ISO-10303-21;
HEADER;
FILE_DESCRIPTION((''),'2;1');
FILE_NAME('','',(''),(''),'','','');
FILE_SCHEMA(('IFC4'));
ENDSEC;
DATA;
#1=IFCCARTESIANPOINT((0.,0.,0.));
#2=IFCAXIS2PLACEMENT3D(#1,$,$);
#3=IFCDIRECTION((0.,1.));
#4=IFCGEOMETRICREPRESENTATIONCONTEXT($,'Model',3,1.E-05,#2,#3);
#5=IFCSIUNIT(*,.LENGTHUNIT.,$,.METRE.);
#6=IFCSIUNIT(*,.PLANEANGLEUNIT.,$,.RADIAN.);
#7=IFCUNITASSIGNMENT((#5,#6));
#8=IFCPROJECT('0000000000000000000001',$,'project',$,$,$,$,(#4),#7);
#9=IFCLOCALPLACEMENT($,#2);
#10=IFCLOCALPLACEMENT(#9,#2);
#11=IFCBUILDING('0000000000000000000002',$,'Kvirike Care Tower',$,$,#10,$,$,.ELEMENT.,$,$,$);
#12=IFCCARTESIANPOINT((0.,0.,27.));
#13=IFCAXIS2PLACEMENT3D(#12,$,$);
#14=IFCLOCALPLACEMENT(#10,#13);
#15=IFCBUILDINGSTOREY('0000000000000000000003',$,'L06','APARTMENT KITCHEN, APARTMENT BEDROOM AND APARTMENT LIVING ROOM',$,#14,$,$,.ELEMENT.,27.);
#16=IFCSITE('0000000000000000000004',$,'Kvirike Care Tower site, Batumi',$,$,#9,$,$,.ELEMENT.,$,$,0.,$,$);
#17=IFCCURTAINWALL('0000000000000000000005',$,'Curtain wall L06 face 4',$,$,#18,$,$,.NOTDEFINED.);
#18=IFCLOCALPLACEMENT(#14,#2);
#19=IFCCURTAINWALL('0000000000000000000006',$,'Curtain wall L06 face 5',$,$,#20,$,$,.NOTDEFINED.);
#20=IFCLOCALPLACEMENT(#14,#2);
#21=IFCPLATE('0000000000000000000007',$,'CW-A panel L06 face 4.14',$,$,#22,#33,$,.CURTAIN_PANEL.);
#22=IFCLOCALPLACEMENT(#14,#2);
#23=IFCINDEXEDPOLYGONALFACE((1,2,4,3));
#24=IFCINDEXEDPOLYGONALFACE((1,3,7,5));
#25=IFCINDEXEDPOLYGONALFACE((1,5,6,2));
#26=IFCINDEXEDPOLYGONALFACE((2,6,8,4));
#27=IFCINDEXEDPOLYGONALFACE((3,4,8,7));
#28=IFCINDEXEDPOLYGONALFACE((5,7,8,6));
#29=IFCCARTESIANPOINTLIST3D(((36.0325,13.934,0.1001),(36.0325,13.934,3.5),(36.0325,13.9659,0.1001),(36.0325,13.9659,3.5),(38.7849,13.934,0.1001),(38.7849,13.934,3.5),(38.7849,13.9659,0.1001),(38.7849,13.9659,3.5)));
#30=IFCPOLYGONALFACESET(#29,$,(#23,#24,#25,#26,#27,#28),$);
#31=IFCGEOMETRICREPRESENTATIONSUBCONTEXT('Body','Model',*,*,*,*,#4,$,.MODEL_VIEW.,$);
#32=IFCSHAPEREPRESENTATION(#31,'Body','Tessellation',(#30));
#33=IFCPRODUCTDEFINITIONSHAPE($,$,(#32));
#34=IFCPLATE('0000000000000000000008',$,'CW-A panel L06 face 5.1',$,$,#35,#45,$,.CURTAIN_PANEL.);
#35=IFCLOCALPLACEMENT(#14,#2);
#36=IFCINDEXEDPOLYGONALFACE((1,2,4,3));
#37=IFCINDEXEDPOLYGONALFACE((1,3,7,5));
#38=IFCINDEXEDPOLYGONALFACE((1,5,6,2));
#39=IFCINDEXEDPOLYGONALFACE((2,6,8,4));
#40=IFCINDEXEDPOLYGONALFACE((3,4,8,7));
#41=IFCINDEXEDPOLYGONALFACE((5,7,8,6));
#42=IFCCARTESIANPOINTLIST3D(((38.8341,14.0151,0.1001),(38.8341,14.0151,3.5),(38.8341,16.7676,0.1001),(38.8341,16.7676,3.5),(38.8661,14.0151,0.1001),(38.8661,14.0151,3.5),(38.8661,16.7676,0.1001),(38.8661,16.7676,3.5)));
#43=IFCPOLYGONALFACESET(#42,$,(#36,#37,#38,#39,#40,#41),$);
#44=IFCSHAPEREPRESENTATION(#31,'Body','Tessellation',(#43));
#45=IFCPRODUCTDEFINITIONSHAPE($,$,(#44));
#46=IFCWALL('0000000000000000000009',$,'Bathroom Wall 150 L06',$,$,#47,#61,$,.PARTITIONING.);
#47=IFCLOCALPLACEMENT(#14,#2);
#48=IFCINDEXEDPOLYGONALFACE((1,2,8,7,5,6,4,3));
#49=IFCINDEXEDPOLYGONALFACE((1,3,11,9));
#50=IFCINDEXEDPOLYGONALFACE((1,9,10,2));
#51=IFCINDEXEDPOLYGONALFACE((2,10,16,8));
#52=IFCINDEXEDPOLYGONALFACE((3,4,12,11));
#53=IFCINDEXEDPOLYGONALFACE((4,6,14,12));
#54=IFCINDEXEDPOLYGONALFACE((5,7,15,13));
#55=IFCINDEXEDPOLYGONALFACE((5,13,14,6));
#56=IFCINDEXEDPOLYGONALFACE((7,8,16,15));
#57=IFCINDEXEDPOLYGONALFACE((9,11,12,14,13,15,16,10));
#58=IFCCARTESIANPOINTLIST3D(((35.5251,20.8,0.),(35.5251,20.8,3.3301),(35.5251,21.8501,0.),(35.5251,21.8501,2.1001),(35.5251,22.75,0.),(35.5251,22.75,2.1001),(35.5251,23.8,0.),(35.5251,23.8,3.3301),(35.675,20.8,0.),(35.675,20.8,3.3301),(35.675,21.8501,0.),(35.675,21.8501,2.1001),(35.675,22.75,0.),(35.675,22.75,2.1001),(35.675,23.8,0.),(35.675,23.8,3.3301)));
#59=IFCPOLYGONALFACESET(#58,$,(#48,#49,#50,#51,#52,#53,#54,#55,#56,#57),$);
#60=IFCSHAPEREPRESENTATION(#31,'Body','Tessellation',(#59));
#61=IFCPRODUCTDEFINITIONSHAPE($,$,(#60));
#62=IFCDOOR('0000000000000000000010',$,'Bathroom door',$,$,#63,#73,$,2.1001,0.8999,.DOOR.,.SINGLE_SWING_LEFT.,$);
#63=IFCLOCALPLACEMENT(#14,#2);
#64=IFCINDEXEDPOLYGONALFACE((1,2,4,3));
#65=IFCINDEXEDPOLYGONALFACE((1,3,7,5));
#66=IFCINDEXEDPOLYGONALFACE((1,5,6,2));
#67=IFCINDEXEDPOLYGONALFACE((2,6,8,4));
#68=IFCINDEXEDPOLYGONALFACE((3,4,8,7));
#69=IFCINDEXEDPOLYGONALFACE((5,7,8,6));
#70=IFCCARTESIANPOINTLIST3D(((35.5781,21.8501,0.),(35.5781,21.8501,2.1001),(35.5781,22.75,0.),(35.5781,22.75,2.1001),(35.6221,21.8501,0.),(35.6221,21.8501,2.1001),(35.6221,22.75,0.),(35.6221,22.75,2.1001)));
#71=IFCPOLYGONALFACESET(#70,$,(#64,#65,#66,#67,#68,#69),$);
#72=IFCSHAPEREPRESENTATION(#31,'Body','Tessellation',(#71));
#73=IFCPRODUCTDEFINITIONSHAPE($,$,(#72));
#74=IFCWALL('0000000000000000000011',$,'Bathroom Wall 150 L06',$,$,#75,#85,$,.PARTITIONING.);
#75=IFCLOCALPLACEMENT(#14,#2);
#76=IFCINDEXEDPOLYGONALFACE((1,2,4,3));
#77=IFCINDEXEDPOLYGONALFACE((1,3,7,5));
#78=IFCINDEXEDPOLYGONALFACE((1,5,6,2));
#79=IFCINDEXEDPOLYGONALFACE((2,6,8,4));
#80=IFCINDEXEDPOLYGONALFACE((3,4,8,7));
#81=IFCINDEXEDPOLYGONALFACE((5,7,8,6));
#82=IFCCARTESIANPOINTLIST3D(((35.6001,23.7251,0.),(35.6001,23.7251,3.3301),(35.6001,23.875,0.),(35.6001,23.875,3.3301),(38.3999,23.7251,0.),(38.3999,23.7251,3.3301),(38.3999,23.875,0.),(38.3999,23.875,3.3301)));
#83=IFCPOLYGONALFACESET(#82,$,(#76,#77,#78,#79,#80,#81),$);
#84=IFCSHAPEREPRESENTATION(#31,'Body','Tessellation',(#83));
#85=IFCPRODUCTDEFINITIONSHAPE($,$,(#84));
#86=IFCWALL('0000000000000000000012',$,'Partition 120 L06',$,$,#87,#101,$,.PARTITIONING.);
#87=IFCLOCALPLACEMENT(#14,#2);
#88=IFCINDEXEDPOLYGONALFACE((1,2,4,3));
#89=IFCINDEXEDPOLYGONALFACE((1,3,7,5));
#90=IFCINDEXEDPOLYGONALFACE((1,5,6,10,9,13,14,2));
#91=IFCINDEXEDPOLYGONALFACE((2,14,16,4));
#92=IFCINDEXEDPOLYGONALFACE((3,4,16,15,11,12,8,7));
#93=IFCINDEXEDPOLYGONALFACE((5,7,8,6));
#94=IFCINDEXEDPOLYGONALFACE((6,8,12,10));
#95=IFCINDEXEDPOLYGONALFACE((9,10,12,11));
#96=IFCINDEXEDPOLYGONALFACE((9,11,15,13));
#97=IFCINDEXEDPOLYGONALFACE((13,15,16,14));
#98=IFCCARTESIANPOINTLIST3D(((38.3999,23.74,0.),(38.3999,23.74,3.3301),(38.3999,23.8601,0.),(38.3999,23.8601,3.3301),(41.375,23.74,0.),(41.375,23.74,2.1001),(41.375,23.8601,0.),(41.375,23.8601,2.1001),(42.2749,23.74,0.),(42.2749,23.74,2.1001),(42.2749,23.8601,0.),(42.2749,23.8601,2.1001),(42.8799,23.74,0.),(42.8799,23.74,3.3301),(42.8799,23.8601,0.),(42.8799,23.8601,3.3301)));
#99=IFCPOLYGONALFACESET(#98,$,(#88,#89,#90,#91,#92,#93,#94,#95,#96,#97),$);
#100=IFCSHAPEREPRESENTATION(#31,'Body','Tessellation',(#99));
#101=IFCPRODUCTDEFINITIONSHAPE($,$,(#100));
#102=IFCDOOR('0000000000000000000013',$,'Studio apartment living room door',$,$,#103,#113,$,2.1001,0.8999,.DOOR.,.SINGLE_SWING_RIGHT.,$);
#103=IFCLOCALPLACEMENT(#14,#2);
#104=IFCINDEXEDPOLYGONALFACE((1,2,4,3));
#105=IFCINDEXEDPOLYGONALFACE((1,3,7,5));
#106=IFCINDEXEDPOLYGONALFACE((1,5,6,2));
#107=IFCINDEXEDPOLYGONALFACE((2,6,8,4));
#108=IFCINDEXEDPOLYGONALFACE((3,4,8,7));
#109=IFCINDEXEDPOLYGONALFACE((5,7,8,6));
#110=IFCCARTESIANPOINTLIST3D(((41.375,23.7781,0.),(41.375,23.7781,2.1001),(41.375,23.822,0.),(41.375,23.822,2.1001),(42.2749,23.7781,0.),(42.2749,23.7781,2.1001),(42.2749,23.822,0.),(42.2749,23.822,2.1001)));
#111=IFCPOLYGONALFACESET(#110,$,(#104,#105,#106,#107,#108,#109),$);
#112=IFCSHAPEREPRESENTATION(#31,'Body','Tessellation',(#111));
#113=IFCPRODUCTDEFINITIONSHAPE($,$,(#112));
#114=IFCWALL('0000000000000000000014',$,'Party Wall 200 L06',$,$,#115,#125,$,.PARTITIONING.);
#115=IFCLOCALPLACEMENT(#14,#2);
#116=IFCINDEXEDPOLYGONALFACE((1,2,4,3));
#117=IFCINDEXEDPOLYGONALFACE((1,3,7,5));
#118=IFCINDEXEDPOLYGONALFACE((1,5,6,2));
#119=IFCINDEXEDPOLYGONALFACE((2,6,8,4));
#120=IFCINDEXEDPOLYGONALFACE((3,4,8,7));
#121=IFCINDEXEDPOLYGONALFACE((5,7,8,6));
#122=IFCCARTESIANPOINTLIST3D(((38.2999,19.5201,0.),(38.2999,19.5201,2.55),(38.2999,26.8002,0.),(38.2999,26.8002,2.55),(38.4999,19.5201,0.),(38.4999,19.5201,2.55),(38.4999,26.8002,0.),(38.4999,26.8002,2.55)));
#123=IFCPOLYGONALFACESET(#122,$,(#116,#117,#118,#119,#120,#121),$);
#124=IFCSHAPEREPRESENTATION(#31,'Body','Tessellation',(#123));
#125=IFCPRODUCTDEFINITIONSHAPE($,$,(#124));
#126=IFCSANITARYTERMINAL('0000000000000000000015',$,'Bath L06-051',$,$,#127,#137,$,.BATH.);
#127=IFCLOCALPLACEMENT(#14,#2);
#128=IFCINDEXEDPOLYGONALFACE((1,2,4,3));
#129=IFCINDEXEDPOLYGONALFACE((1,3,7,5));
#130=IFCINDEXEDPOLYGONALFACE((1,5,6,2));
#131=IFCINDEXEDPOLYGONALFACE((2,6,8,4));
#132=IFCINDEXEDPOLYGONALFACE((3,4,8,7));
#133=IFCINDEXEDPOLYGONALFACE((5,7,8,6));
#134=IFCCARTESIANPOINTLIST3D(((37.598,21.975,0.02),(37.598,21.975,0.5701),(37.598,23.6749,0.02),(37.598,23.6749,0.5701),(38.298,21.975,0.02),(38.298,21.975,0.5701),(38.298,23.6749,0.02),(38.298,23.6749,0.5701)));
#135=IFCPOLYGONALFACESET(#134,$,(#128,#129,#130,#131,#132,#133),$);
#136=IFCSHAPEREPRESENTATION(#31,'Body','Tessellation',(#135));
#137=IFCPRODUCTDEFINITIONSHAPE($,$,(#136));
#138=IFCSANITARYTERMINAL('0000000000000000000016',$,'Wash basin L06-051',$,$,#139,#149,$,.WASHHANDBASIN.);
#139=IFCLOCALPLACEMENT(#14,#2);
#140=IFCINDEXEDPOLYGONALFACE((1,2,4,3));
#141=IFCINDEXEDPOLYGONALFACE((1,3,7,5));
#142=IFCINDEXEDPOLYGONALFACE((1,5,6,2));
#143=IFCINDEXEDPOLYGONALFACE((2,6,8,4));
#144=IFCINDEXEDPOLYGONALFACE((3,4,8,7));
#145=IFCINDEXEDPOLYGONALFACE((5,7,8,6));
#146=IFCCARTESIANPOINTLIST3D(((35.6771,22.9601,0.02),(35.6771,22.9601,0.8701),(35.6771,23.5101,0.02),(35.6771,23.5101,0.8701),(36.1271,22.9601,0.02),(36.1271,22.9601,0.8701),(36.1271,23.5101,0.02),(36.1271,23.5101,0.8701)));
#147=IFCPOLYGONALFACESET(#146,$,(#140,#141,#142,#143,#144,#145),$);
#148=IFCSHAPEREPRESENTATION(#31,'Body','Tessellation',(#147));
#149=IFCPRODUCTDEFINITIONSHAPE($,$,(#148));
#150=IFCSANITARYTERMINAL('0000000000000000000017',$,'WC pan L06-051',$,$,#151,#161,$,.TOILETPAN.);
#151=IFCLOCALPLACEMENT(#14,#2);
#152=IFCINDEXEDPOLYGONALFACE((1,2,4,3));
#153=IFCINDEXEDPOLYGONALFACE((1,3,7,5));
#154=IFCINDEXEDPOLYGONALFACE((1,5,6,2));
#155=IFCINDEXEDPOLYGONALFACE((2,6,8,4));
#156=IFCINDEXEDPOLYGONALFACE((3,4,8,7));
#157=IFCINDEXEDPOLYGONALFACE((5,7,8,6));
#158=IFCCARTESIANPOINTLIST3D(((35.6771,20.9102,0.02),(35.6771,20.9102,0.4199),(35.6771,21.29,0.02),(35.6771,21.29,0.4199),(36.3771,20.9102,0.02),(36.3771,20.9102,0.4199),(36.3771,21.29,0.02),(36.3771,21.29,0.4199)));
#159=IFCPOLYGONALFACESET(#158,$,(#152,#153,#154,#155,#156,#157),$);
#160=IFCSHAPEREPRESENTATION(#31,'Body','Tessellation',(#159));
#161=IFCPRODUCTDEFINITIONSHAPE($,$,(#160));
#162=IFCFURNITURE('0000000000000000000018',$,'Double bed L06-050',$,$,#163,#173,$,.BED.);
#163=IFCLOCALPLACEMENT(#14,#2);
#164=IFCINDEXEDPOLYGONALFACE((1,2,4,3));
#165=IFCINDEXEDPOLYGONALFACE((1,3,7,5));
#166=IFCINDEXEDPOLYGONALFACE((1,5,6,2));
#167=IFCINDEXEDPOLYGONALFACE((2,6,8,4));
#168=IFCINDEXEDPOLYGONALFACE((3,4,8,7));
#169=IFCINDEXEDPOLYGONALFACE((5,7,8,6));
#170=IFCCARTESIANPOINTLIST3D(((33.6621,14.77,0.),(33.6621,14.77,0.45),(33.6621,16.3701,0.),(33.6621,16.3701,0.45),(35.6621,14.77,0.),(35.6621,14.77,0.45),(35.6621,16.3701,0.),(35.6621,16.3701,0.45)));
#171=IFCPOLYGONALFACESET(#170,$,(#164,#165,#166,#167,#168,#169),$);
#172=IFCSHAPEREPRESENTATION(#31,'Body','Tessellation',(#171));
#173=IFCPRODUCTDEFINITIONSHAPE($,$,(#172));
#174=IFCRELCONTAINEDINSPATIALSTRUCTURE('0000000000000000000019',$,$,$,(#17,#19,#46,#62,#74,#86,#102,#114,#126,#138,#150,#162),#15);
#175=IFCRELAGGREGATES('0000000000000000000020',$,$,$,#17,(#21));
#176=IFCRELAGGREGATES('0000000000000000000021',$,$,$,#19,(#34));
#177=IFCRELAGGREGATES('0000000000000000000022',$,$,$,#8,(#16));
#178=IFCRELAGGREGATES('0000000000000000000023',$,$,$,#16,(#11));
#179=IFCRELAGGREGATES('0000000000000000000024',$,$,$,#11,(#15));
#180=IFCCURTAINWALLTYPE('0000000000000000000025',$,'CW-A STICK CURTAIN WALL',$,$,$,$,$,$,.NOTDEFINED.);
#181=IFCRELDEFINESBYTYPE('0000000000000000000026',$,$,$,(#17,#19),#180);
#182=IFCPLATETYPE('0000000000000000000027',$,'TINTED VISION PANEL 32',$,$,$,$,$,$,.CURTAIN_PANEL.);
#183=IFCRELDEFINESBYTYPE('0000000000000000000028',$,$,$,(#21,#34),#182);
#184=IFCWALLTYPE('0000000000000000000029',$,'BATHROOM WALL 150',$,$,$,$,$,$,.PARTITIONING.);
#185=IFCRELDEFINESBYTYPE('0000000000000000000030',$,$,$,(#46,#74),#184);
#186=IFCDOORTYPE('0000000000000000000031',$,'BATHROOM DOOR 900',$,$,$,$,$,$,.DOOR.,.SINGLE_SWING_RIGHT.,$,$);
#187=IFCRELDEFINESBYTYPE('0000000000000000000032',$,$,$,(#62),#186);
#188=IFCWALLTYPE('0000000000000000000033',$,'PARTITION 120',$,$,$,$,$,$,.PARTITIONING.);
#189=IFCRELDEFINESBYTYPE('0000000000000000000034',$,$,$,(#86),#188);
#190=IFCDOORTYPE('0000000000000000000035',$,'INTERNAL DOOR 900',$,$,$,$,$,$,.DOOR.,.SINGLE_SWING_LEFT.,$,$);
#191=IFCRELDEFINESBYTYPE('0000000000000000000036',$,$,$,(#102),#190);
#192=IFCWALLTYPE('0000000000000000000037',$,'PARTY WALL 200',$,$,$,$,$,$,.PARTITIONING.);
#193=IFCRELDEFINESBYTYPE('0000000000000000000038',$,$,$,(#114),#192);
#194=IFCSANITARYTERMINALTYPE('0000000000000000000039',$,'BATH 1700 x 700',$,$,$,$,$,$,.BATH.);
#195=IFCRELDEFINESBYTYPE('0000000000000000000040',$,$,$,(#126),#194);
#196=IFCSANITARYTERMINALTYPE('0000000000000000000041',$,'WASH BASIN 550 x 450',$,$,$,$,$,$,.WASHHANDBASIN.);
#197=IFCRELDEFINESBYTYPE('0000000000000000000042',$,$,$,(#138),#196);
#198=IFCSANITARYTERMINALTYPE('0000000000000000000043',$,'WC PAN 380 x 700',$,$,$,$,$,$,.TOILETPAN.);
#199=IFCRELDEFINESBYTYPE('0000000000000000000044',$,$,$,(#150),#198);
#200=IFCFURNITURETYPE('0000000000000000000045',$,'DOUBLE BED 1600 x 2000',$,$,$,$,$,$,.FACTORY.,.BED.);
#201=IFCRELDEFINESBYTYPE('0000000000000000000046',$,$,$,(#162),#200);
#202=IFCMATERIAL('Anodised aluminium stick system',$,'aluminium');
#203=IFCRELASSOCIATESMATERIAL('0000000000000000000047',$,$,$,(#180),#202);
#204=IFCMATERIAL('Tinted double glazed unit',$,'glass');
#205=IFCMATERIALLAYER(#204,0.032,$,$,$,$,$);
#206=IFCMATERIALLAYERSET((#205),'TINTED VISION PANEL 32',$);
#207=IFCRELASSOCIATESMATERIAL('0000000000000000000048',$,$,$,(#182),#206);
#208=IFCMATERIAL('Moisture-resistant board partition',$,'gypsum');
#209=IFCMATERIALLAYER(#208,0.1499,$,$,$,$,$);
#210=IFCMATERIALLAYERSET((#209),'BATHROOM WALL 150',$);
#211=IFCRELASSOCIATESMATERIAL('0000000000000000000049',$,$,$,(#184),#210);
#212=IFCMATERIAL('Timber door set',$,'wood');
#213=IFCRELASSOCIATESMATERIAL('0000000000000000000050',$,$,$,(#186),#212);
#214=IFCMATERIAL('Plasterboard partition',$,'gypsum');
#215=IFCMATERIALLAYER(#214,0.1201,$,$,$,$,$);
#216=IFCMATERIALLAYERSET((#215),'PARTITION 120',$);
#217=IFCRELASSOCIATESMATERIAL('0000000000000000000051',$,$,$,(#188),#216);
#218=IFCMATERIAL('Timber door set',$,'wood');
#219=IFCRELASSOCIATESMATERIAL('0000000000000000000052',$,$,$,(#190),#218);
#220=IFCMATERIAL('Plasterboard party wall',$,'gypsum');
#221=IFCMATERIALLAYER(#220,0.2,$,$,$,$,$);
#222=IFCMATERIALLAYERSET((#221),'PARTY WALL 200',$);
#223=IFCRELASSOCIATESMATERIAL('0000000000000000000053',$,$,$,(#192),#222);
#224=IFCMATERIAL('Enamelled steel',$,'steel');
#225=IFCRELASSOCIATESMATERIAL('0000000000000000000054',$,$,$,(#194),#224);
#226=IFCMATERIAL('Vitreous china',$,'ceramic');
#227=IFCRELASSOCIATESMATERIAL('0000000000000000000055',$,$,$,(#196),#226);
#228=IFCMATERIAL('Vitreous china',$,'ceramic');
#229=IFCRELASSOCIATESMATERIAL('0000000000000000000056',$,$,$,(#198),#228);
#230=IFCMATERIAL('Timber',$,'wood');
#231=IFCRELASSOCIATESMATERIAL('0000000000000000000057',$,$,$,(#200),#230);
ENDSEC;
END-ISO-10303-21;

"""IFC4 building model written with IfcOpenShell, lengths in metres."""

from ifc_helpers import new_model, si_unit, direction, frame, frame_2d, origin, origin_2d, place, context, subcontext, project, spatial, rectangle, extrude, material, layer, layer_set, type_object, element, fill, aggregate, save


model = new_model("IFC4")

# Units and contexts
model_context = context("Model", 3, precision=1e-05, world=origin(), true_north=direction((0.0, 1.0)))
body_context = subcontext(model_context, "Body", "Model", "MODEL_VIEW")
ifc_project = project(units=[si_unit("LENGTHUNIT", "METRE"), si_unit("PLANEANGLEUNIT", "RADIAN")], contexts=[model_context])

# Site, building, storey
site_placement = place(None, origin())
site = spatial("IfcSite", under=ifc_project, at=site_placement, Name="Kvirike Care Tower site, Batumi", CompositionType="ELEMENT", RefElevation=0.0)
building_placement = place(site_placement, origin())
building = spatial("IfcBuilding", under=site, at=building_placement, Name="Kvirike Care Tower", CompositionType="ELEMENT")
storey_placement = place(building_placement, frame((0.0, 0.0, 27.0)))
storey = spatial("IfcBuildingStorey", under=building, at=storey_placement, Name="L06", Description="APARTMENT KITCHEN, APARTMENT BEDROOM AND APARTMENT LIVING ROOM", CompositionType="ELEMENT", Elevation=27.0)

# Curtain wall
ifc_material_1 = material(Name="Anodised aluminium stick system", Category="aluminium")
curtain_wall_type = type_object("IfcCurtainWallType", Name="CW-A STICK CURTAIN WALL", PredefinedType="NOTDEFINED", material=ifc_material_1)
curtain_wall_1_placement = place(storey_placement, origin())
curtain_wall_1 = element("IfcCurtainWall", 1, at=curtain_wall_1_placement, inside=storey, type_object=curtain_wall_type, Name="Curtain wall L06 face 4", PredefinedType="NOTDEFINED")

# Curtain wall
curtain_wall_2_placement = place(storey_placement, origin())
curtain_wall_2 = element("IfcCurtainWall", 2, at=curtain_wall_2_placement, inside=storey, type_object=curtain_wall_type, Name="Curtain wall L06 face 5", PredefinedType="NOTDEFINED")

# Plates
ifc_material_2 = material(Name="Tinted double glazed unit", Category="glass")
ifc_layer_1 = layer(ifc_material_2, 0.032)
ifc_layer_set_1 = layer_set([ifc_layer_1], Name="TINTED VISION PANEL 32")
plate_type = type_object("IfcPlateType", Name="TINTED VISION PANEL 32", PredefinedType="CURTAIN_PANEL", material=ifc_layer_set_1)
plate_1_placement = place(storey_placement, frame((37.4087, 13.95, 0.1001), z_axis=(0.0, 0.0, 1.0), x_axis=(1.0, 0.0, 0.0)))
plate_1 = element("IfcPlate", 3, at=plate_1_placement, type_object=plate_type, Name="CW-A panel L06 face 4.14", PredefinedType="CURTAIN_PANEL", context=body_context, shape_type="SweptSolid", body=[
    extrude(rectangle(XDim=2.7524, YDim=0.032, at=origin_2d()), origin(), (0.0, 0.0, 1.0), 3.3999),
])
aggregate(curtain_wall_1, [plate_1])
plate_2_placement = place(storey_placement, frame((38.8501, 15.3914, 0.1001), z_axis=(0.0, 0.0, 1.0), x_axis=(0.0, 1.0, 0.0)))
plate_2 = element("IfcPlate", 4, at=plate_2_placement, type_object=plate_type, Name="CW-A panel L06 face 5.1", PredefinedType="CURTAIN_PANEL", context=body_context, shape_type="SweptSolid", body=[
    extrude(rectangle(XDim=2.7524, YDim=0.032, at=origin_2d()), origin(), (0.0, 0.0, 1.0), 3.3999),
])
aggregate(curtain_wall_2, [plate_2])

# Wall, opening, door
ifc_material_3 = material(Name="Moisture-resistant board partition", Category="gypsum")
ifc_layer_2 = layer(ifc_material_3, 0.1499)
ifc_layer_set_2 = layer_set([ifc_layer_2], Name="BATHROOM WALL 150")
wall_type_1 = type_object("IfcWallType", Name="BATHROOM WALL 150", PredefinedType="PARTITIONING", material=ifc_layer_set_2)
wall_1_placement = place(storey_placement, frame((35.6001, 20.8, 0.0), z_axis=(0.0, 0.0, 1.0), x_axis=(0.0, 1.0, 0.0)))
wall_1 = element("IfcWall", 5, at=wall_1_placement, inside=storey, type_object=wall_type_1, Name="Bathroom Wall 150 L06", PredefinedType="PARTITIONING", context=body_context, shape_type="SweptSolid", body=[
    extrude(rectangle(XDim=3.0, YDim=0.1499, at=frame_2d((1.5, 0.0))), origin(), (0.0, 0.0, 1.0), 3.3301),
])
opening_1_placement = place(wall_1_placement, frame((1.05, 0.0, 0.0)))
opening_1 = element("IfcOpeningElement", 6, at=opening_1_placement, cuts=wall_1, PredefinedType="OPENING", context=body_context, shape_type="SweptSolid", body=[
    extrude(rectangle(XDim=0.8999, YDim=2.1001, at=frame_2d((0.45, 1.05))), frame((0.0, 0.0854, 0.0), z_axis=(0.0, -1.0, 0.0), x_axis=(1.0, 0.0, 0.0)), (0.0, 0.0, 1.0), 0.1709),
])
ifc_material_4 = material(Name="Timber door set", Category="wood")
door_type_1 = type_object("IfcDoorType", Name="BATHROOM DOOR 900", OperationType="SINGLE_SWING_RIGHT", PredefinedType="DOOR", material=ifc_material_4)
door_1_placement = place(opening_1_placement, frame((0.8999, 0.0, 0.0), z_axis=(0.0, 0.0, 1.0), x_axis=(-1.0, 0.0, 0.0)))
door_1 = element("IfcDoor", 7, at=door_1_placement, inside=storey, type_object=door_type_1, Name="Bathroom door", OperationType="SINGLE_SWING_LEFT", OverallHeight=2.1001, OverallWidth=0.8999, PredefinedType="DOOR", context=body_context, shape_type="SweptSolid", body=[
    extrude(rectangle(XDim=0.8999, YDim=2.1001, at=frame_2d((0.45, 1.05))), frame((0.0, 0.022, 0.0), z_axis=(0.0, -1.0, 0.0), x_axis=(1.0, 0.0, 0.0)), (0.0, 0.0, 1.0), 0.0439),
])
fill(opening_1, door_1)

# Wall
wall_2_placement = place(storey_placement, frame((35.6001, 23.8, 0.0), z_axis=(0.0, 0.0, 1.0), x_axis=(1.0, 0.0, 0.0)))
element("IfcWall", 8, at=wall_2_placement, inside=storey, type_object=wall_type_1, Name="Bathroom Wall 150 L06", PredefinedType="PARTITIONING", context=body_context, shape_type="SweptSolid", body=[
    extrude(rectangle(XDim=2.7998, YDim=0.1499, at=frame_2d((1.3999, 0.0))), origin(), (0.0, 0.0, 1.0), 3.3301),
])

# Wall, opening, door
ifc_material_5 = material(Name="Plasterboard partition", Category="gypsum")
ifc_layer_3 = layer(ifc_material_5, 0.1201)
ifc_layer_set_3 = layer_set([ifc_layer_3], Name="PARTITION 120")
wall_type_2 = type_object("IfcWallType", Name="PARTITION 120", PredefinedType="PARTITIONING", material=ifc_layer_set_3)
wall_3_placement = place(storey_placement, frame((38.3999, 23.8, 0.0), z_axis=(0.0, 0.0, 1.0), x_axis=(1.0, 0.0, 0.0)))
wall_3 = element("IfcWall", 9, at=wall_3_placement, inside=storey, type_object=wall_type_2, Name="Partition 120 L06", PredefinedType="PARTITIONING", context=body_context, shape_type="SweptSolid", body=[
    extrude(rectangle(XDim=4.48, YDim=0.1201, at=frame_2d((2.24, 0.0))), origin(), (0.0, 0.0, 1.0), 3.3301),
])
opening_2_placement = place(wall_3_placement, frame((2.9751, 0.0, 0.0)))
opening_2 = element("IfcOpeningElement", 10, at=opening_2_placement, cuts=wall_3, PredefinedType="OPENING", context=body_context, shape_type="SweptSolid", body=[
    extrude(rectangle(XDim=0.8999, YDim=2.1001, at=frame_2d((0.45, 1.05))), frame((0.0, 0.0706, 0.0), z_axis=(0.0, -1.0, 0.0), x_axis=(1.0, 0.0, 0.0)), (0.0, 0.0, 1.0), 0.1411),
])
ifc_material_6 = material(Name="Timber door set", Category="wood")
door_type_2 = type_object("IfcDoorType", Name="INTERNAL DOOR 900", OperationType="SINGLE_SWING_LEFT", PredefinedType="DOOR", material=ifc_material_6)
door_2_placement = place(opening_2_placement, origin())
door_2 = element("IfcDoor", 11, at=door_2_placement, inside=storey, type_object=door_type_2, Name="Studio apartment living room door", OperationType="SINGLE_SWING_RIGHT", OverallHeight=2.1001, OverallWidth=0.8999, PredefinedType="DOOR", context=body_context, shape_type="SweptSolid", body=[
    extrude(rectangle(XDim=0.8999, YDim=2.1001, at=frame_2d((0.45, 1.05))), frame((0.0, 0.022, 0.0), z_axis=(0.0, -1.0, 0.0), x_axis=(1.0, 0.0, 0.0)), (0.0, 0.0, 1.0), 0.0439),
])
fill(opening_2, door_2)

# Wall
ifc_material_7 = material(Name="Plasterboard party wall", Category="gypsum")
ifc_layer_4 = layer(ifc_material_7, 0.2)
ifc_layer_set_4 = layer_set([ifc_layer_4], Name="PARTY WALL 200")
wall_type_3 = type_object("IfcWallType", Name="PARTY WALL 200", PredefinedType="PARTITIONING", material=ifc_layer_set_4)
wall_4_placement = place(storey_placement, frame((38.3999, 19.52, 0.0), z_axis=(0.0, 0.0, 1.0), x_axis=(0.0, 1.0, 0.0)))
element("IfcWall", 12, at=wall_4_placement, inside=storey, type_object=wall_type_3, Name="Party Wall 200 L06", PredefinedType="PARTITIONING", context=body_context, shape_type="SweptSolid", body=[
    extrude(rectangle(XDim=7.28, YDim=0.2, at=frame_2d((3.6401, 0.0))), origin(), (0.0, 0.0, 1.0), 2.55),
])

# Sanitary terminals
ifc_material_8 = material(Name="Enamelled steel", Category="steel")
sanitary_terminal_type_1 = type_object("IfcSanitaryTerminalType", Name="BATH 1700 x 700", PredefinedType="BATH", material=ifc_material_8)
sanitary_terminal_1_placement = place(storey_placement, frame((37.948, 22.825, 0.02), z_axis=(0.0, 0.0, 1.0), x_axis=(0.0, -1.0, 0.0)))
element("IfcSanitaryTerminal", 13, at=sanitary_terminal_1_placement, inside=storey, type_object=sanitary_terminal_type_1, Name="Bath L06-051", PredefinedType="BATH", context=body_context, shape_type="SweptSolid", body=[
    extrude(rectangle(XDim=1.7, YDim=0.7, at=origin_2d()), origin(), (0.0, 0.0, 1.0), 0.55),
])
ifc_material_9 = material(Name="Vitreous china", Category="ceramic")
sanitary_terminal_type_2 = type_object("IfcSanitaryTerminalType", Name="WASH BASIN 550 x 450", PredefinedType="WASHHANDBASIN", material=ifc_material_9)
sanitary_terminal_2_placement = place(storey_placement, frame((35.9021, 23.2351, 0.02), z_axis=(0.0, 0.0, 1.0), x_axis=(0.0, 1.0, 0.0)))
element("IfcSanitaryTerminal", 14, at=sanitary_terminal_2_placement, inside=storey, type_object=sanitary_terminal_type_2, Name="Wash basin L06-051", PredefinedType="WASHHANDBASIN", context=body_context, shape_type="SweptSolid", body=[
    extrude(rectangle(XDim=0.55, YDim=0.45, at=origin_2d()), origin(), (0.0, 0.0, 1.0), 0.8501),
])
ifc_material_10 = material(Name="Vitreous china", Category="ceramic")
sanitary_terminal_type_3 = type_object("IfcSanitaryTerminalType", Name="WC PAN 380 x 700", PredefinedType="TOILETPAN", material=ifc_material_10)
sanitary_terminal_3_placement = place(storey_placement, frame((36.0271, 21.1001, 0.02), z_axis=(0.0, 0.0, 1.0), x_axis=(0.0, 1.0, 0.0)))
element("IfcSanitaryTerminal", 15, at=sanitary_terminal_3_placement, inside=storey, type_object=sanitary_terminal_type_3, Name="WC pan L06-051", PredefinedType="TOILETPAN", context=body_context, shape_type="SweptSolid", body=[
    extrude(rectangle(XDim=0.3799, YDim=0.7, at=origin_2d()), origin(), (0.0, 0.0, 1.0), 0.3999),
])

# Furniture
ifc_material_11 = material(Name="Timber", Category="wood")
furniture_type = type_object("IfcFurnitureType", Name="DOUBLE BED 1600 x 2000", AssemblyPlace="FACTORY", PredefinedType="BED", material=ifc_material_11)
furniture_placement = place(storey_placement, frame((34.6621, 15.5701, 0.0), z_axis=(0.0, 0.0, 1.0), x_axis=(0.0, 1.0, 0.0)))
element("IfcFurniture", 16, at=furniture_placement, inside=storey, type_object=furniture_type, Name="Double bed L06-050", PredefinedType="BED", context=body_context, shape_type="SweptSolid", body=[
    extrude(rectangle(XDim=1.6001, YDim=2.0, at=origin_2d()), origin(), (0.0, 0.0, 1.0), 0.45),
])

save(model, "model.ifc")
